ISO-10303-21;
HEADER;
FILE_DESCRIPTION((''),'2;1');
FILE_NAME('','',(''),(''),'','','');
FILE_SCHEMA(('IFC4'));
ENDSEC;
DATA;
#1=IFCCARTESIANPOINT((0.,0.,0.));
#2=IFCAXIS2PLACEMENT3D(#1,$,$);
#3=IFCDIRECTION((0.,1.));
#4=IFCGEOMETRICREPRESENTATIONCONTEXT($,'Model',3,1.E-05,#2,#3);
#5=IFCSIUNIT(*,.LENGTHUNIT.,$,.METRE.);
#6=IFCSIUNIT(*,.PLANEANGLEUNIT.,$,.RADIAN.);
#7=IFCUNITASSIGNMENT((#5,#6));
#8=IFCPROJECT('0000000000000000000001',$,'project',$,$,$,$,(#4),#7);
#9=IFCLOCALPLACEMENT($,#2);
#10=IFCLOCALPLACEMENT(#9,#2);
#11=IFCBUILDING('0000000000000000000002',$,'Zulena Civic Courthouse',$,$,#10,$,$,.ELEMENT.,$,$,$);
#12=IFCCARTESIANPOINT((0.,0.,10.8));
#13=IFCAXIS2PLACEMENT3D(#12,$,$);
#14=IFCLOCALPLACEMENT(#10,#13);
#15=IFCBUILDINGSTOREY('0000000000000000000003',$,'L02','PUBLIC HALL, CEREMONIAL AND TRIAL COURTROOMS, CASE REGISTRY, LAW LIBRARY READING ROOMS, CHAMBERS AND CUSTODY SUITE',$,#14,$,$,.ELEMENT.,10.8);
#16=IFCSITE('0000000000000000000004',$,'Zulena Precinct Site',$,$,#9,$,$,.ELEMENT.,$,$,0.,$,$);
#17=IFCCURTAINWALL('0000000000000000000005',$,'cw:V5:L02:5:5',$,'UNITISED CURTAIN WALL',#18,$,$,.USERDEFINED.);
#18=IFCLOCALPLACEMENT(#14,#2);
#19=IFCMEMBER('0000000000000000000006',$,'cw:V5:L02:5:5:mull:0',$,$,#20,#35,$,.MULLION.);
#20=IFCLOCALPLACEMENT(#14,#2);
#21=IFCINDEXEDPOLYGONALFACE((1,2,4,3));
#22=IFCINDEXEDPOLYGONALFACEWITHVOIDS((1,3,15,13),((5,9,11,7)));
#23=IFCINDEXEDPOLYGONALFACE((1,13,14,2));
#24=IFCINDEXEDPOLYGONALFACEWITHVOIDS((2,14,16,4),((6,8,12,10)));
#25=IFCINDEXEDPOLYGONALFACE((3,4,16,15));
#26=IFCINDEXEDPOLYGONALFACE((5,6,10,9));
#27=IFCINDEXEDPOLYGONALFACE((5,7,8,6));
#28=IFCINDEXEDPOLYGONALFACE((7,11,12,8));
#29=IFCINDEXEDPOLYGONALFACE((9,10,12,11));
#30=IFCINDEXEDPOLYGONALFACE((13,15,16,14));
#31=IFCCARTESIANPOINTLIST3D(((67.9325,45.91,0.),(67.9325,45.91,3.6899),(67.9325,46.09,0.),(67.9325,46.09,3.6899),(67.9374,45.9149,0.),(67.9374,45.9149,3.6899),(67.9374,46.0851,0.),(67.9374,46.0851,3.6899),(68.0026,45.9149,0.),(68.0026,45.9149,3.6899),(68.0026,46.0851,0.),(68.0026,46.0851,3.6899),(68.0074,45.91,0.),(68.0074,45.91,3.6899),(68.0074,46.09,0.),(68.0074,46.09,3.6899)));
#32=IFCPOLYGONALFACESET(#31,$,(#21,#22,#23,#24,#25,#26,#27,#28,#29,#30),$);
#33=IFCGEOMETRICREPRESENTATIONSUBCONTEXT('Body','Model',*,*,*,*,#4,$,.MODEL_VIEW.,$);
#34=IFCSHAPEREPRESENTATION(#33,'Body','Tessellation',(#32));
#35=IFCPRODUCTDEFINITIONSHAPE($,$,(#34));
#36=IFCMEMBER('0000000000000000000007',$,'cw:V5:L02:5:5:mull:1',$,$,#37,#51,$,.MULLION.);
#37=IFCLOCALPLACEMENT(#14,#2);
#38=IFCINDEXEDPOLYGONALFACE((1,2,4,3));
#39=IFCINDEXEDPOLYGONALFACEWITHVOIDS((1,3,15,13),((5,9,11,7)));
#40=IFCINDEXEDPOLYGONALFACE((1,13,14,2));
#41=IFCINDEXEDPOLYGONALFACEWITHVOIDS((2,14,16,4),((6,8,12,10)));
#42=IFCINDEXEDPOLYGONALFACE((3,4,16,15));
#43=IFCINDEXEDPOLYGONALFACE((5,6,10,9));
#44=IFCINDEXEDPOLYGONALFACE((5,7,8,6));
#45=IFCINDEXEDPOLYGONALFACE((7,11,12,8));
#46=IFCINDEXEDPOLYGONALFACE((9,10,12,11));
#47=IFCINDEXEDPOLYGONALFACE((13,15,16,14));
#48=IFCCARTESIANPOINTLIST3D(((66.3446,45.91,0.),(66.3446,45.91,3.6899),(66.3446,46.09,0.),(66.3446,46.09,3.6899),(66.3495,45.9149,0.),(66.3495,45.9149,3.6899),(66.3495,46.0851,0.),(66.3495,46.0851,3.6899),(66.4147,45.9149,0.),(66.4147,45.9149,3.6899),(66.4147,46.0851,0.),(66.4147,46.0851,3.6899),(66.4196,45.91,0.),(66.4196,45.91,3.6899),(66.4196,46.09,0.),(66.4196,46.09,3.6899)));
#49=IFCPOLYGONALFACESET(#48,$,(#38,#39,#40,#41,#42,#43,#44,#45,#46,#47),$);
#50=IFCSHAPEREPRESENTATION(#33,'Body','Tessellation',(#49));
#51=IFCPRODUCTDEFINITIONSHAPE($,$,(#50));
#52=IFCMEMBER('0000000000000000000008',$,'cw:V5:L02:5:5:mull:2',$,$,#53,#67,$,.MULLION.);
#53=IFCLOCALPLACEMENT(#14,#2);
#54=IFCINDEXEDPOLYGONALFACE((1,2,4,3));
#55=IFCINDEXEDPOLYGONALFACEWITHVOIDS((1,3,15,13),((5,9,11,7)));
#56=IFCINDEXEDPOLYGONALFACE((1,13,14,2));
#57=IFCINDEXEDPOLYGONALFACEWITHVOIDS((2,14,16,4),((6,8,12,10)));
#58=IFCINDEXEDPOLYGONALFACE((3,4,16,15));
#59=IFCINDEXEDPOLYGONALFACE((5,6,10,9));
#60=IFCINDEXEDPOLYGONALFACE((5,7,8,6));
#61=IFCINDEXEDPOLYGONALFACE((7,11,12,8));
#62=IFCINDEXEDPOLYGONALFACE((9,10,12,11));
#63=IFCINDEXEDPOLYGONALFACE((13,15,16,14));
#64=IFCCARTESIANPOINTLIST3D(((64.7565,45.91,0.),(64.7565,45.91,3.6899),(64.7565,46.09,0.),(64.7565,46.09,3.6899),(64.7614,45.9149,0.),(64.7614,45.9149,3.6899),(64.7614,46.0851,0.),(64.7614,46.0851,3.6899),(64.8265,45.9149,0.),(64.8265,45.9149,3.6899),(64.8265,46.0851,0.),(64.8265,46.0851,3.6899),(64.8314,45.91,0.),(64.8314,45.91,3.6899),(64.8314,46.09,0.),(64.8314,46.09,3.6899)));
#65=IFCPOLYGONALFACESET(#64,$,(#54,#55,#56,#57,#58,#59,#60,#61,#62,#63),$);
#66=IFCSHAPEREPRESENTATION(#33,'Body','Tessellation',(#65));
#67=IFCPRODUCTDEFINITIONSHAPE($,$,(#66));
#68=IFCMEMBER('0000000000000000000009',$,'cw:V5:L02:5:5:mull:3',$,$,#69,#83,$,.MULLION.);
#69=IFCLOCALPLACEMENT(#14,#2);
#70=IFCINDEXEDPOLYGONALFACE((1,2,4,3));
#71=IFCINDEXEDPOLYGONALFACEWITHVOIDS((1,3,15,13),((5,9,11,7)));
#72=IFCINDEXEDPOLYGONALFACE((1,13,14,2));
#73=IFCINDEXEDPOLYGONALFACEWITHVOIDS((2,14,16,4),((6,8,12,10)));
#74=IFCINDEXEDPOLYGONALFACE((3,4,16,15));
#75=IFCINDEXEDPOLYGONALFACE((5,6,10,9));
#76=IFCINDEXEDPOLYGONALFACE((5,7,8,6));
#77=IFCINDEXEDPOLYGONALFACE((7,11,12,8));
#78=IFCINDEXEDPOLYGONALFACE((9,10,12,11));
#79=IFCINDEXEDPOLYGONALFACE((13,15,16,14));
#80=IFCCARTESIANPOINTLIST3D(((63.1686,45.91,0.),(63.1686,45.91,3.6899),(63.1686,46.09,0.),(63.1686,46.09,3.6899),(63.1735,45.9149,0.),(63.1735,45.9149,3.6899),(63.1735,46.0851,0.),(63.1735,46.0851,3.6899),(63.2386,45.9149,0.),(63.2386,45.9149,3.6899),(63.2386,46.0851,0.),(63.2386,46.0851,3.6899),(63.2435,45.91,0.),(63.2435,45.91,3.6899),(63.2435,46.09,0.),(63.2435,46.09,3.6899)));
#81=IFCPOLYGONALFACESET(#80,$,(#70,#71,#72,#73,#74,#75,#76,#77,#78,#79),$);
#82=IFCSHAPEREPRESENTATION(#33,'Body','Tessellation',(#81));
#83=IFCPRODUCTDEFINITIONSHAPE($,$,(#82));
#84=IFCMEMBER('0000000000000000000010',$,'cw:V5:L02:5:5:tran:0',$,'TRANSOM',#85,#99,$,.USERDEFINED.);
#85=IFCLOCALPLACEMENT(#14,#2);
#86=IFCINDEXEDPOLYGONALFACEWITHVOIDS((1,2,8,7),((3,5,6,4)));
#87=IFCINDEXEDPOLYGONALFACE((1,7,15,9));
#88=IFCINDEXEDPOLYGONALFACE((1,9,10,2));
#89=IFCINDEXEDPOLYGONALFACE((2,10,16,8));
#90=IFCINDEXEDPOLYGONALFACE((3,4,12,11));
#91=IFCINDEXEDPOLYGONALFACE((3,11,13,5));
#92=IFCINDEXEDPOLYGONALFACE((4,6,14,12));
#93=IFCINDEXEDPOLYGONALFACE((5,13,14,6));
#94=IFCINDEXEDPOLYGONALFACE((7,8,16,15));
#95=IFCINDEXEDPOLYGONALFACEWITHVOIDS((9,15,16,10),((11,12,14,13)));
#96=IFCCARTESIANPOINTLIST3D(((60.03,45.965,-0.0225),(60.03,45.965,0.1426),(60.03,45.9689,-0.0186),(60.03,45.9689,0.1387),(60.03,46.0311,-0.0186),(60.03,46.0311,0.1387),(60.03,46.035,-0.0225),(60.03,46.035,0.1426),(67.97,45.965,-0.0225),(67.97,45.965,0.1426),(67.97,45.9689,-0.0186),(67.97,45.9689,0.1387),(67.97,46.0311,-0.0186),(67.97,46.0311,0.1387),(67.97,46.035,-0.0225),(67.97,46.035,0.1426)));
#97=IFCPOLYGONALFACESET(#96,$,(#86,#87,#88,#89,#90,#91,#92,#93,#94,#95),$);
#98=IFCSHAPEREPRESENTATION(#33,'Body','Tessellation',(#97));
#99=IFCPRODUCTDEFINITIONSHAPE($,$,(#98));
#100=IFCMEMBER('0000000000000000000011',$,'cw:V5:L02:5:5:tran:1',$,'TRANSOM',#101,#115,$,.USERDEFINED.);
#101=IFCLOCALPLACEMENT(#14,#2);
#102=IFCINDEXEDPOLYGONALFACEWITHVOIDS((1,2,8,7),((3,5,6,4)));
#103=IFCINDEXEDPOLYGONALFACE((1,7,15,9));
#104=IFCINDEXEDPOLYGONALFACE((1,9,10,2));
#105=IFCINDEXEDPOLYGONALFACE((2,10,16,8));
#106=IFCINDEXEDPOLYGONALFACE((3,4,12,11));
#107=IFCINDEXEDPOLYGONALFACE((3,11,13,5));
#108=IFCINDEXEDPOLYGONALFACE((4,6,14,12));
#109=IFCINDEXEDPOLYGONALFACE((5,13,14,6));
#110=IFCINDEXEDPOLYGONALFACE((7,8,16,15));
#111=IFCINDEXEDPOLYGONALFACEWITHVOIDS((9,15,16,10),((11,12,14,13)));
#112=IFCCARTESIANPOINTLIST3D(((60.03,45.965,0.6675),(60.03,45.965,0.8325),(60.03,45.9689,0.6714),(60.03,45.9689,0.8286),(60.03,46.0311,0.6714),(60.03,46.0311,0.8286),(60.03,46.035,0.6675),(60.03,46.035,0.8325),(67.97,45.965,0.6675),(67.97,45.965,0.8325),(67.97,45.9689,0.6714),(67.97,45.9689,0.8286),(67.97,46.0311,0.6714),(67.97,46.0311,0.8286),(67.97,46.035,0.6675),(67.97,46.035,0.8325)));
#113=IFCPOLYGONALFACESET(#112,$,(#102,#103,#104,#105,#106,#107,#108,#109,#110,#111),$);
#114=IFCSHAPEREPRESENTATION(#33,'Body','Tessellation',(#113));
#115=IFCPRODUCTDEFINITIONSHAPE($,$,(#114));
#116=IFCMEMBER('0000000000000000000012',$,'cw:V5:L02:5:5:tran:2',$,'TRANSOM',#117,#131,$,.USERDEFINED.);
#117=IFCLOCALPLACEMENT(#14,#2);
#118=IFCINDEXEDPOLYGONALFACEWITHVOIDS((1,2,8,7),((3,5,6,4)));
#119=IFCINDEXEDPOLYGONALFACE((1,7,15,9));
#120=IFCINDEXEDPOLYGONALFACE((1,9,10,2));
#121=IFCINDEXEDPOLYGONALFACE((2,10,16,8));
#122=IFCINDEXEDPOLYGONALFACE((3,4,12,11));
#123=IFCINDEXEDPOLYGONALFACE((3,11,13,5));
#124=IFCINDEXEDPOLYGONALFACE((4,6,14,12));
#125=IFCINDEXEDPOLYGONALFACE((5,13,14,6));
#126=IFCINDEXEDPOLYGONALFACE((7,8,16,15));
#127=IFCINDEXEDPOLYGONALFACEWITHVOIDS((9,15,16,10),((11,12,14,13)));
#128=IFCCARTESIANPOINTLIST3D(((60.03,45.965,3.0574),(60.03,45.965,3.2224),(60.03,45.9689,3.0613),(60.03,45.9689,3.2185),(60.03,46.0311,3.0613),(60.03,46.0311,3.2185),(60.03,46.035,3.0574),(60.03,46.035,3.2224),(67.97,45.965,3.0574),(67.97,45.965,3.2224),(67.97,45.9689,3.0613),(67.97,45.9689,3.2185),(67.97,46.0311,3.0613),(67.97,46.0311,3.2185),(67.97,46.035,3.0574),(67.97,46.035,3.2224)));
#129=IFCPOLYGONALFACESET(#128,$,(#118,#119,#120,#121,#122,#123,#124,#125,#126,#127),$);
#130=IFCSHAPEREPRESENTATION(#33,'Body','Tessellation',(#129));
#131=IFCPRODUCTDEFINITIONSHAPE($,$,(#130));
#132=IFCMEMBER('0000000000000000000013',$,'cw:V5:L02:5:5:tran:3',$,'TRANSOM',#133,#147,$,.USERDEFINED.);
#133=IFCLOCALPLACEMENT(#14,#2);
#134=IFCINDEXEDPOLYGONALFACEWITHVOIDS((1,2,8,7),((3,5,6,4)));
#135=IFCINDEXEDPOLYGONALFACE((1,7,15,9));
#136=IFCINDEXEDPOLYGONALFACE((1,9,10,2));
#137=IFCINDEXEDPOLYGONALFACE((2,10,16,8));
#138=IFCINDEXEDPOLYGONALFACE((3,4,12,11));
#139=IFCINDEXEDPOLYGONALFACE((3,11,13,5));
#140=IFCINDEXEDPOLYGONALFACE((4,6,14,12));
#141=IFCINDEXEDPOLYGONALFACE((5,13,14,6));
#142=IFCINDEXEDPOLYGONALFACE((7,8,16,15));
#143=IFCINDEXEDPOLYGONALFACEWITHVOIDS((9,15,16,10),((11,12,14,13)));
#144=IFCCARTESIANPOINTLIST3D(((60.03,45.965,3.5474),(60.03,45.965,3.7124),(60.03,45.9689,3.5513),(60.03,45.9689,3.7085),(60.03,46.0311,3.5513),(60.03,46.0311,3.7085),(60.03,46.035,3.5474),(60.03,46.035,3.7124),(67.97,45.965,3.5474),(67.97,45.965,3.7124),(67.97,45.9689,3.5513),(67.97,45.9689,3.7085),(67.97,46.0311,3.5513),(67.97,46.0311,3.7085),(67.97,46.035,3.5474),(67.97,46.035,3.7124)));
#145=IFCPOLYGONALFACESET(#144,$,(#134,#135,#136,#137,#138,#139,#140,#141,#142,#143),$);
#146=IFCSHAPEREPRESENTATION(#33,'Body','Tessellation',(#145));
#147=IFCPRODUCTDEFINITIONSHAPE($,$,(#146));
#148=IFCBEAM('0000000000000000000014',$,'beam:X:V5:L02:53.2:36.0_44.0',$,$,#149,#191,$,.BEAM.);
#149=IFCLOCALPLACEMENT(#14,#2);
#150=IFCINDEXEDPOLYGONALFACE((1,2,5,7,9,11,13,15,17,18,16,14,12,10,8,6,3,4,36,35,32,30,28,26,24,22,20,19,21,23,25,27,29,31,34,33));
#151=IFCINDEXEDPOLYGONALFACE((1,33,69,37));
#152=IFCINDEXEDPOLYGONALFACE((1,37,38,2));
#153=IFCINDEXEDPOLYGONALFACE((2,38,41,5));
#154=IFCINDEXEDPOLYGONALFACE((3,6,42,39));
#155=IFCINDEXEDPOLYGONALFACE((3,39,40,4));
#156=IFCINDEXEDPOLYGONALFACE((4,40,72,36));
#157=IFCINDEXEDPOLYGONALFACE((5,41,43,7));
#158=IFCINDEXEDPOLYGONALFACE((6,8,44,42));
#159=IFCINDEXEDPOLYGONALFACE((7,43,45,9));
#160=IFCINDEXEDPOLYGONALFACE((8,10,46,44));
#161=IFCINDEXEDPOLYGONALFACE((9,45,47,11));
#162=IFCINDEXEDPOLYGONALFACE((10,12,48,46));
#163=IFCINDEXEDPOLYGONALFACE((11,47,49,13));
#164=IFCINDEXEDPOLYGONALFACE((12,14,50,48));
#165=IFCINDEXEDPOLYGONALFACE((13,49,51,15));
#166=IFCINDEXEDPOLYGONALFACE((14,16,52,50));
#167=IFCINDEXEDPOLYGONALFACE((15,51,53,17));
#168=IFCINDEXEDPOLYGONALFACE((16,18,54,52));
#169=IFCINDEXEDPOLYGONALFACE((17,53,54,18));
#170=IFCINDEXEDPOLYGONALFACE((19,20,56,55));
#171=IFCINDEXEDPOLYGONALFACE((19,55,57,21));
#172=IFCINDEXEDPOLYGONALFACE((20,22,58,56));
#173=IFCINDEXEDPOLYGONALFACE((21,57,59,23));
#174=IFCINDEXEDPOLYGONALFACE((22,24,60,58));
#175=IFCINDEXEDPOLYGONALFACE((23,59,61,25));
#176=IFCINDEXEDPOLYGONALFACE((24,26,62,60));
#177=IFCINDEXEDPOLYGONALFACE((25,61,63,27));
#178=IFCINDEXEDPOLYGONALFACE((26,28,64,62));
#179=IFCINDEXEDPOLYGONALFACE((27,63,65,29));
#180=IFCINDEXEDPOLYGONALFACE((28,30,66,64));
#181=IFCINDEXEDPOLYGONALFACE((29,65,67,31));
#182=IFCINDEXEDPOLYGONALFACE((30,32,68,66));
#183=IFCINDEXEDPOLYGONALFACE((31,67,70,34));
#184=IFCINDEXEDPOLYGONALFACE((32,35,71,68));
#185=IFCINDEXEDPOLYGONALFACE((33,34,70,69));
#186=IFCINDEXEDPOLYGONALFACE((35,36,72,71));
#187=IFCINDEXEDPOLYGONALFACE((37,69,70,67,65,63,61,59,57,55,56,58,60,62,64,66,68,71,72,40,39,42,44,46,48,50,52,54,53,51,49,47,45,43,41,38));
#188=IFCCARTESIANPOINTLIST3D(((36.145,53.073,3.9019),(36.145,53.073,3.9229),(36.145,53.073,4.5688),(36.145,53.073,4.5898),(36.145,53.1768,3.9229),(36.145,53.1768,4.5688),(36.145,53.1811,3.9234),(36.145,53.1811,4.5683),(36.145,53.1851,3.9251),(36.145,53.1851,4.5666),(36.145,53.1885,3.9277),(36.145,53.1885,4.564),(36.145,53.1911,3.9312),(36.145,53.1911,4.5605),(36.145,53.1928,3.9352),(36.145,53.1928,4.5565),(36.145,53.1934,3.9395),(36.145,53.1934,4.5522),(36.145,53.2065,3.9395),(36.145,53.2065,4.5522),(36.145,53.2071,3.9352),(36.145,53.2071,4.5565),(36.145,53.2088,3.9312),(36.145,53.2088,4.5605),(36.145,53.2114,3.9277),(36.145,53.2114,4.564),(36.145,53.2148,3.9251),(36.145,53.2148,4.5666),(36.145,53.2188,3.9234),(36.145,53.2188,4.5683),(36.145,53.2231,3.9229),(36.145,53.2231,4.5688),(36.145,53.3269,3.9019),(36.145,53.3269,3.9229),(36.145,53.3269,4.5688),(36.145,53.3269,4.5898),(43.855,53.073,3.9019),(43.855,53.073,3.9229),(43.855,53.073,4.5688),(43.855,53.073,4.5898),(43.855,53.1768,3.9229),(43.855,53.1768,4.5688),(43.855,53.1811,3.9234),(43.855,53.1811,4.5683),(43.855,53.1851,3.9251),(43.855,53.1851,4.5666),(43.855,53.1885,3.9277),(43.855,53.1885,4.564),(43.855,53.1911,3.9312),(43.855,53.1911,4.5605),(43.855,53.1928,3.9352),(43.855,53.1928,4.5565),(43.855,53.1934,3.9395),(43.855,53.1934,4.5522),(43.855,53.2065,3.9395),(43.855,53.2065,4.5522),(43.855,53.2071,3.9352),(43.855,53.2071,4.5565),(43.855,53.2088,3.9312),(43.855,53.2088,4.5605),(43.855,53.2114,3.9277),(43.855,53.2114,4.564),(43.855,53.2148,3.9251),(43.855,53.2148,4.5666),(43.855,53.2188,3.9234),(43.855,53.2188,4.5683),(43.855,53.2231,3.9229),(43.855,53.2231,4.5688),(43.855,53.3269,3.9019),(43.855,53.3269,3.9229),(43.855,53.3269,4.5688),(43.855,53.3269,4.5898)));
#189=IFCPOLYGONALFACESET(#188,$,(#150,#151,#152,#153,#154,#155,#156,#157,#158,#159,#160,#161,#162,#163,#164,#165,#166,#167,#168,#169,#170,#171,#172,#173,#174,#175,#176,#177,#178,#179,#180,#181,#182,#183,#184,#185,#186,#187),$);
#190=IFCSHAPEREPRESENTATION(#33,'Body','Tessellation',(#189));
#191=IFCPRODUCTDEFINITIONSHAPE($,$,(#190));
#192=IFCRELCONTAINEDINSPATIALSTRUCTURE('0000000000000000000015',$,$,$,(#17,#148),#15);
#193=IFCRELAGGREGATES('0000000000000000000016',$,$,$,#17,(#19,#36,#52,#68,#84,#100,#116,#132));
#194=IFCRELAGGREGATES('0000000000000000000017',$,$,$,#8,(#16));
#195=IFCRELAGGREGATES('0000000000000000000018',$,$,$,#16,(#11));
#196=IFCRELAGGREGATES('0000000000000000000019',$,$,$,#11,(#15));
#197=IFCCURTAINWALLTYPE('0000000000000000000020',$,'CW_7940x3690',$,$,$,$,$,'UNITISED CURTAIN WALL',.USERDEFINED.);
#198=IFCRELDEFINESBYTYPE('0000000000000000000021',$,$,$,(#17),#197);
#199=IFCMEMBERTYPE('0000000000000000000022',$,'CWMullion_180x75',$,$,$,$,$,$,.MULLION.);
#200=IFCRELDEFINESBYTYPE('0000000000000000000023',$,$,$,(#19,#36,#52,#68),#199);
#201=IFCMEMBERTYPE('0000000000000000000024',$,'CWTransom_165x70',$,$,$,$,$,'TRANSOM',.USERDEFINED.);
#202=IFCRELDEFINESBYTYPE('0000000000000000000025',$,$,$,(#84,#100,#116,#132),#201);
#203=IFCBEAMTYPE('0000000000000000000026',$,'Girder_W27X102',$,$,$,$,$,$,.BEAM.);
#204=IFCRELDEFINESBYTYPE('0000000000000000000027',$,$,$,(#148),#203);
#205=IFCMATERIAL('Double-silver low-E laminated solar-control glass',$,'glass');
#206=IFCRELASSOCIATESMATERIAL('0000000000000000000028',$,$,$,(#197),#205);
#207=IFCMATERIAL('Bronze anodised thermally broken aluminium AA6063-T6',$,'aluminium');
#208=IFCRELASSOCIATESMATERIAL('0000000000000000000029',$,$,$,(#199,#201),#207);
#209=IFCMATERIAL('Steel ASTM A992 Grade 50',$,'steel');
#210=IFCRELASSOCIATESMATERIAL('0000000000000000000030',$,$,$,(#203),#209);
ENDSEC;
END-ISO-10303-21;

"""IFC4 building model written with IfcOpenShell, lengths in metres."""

from ifc_helpers import new_model, si_unit, direction, frame, origin, origin_2d, place, context, subcontext, project, spatial, hollow_rectangle, i_section, extrude, material, material_profile, profile_set, type_object, element, aggregate, save


model = new_model("IFC4")

# Units and contexts
model_context = context("Model", 3, precision=1e-05, world=origin(), true_north=direction((0.0, 1.0)))
body_context = subcontext(model_context, "Body", "Model", "MODEL_VIEW")
ifc_project = project(units=[si_unit("LENGTHUNIT", "METRE"), si_unit("PLANEANGLEUNIT", "RADIAN")], contexts=[model_context])

# Site, building, storey
site_placement = place(None, origin())
site = spatial("IfcSite", under=ifc_project, at=site_placement, Name="Zulena Precinct Site", CompositionType="ELEMENT", RefElevation=0.0)
building_placement = place(site_placement, origin())
building = spatial("IfcBuilding", under=site, at=building_placement, Name="Zulena Civic Courthouse", CompositionType="ELEMENT")
storey_placement = place(building_placement, frame((0.0, 0.0, 10.8)))
storey = spatial("IfcBuildingStorey", under=building, at=storey_placement, Name="L02", Description="PUBLIC HALL, CEREMONIAL AND TRIAL COURTROOMS, CASE REGISTRY, LAW LIBRARY READING ROOMS, CHAMBERS AND CUSTODY SUITE", CompositionType="ELEMENT", Elevation=10.8)

# Shared definitions
ifc_material_1 = material(Name="Steel ASTM A992 Grade 50", Category="steel")

# Curtain wall, members
ifc_material_2 = material(Name="Double-silver low-E laminated solar-control glass", Category="glass")
curtain_wall_type = type_object("IfcCurtainWallType", Name="CW_7940x3690", ElementType="UNITISED CURTAIN WALL", PredefinedType="USERDEFINED", material=ifc_material_2)
curtain_wall_placement = place(storey_placement, origin())
curtain_wall = element("IfcCurtainWall", 1, at=curtain_wall_placement, inside=storey, type_object=curtain_wall_type, Name="cw:V5:L02:5:5", ObjectType="UNITISED CURTAIN WALL", PredefinedType="USERDEFINED")
ifc_material_3 = material(Name="Bronze anodised thermally broken aluminium AA6063-T6", Category="aluminium")
ifc_material_profile_1 = material_profile(ifc_material_3, hollow_rectangle(XDim=0.075, YDim=0.1799, WallThickness=0.0049, at=origin_2d()), Name="CWM180X75X5")
ifc_profile_set_1 = profile_set([ifc_material_profile_1], Name="Bronze anodised thermally broken aluminium AA6063-T6")
member_type_1 = type_object("IfcMemberType", Name="CWMullion_180x75", PredefinedType="MULLION", material=ifc_profile_set_1)
member_1_placement = place(storey_placement, frame((67.97, 46.0, 0.0), z_axis=(0.0, 0.0, 1.0), x_axis=(1.0, 0.0, 0.0)))
member_1 = element("IfcMember", 2, at=member_1_placement, type_object=member_type_1, Name="cw:V5:L02:5:5:mull:0", PredefinedType="MULLION", context=body_context, shape_type="SweptSolid", body=[
    extrude(hollow_rectangle(XDim=0.075, YDim=0.1799, WallThickness=0.0049, at=origin_2d()), origin(), (0.0, 0.0, 1.0), 3.6899),
])
member_2_placement = place(storey_placement, frame((66.3821, 46.0, 0.0), z_axis=(0.0, 0.0, 1.0), x_axis=(1.0, 0.0, 0.0)))
member_2 = element("IfcMember", 3, at=member_2_placement, type_object=member_type_1, Name="cw:V5:L02:5:5:mull:1", PredefinedType="MULLION", context=body_context, shape_type="SweptSolid", body=[
    extrude(hollow_rectangle(XDim=0.075, YDim=0.1799, WallThickness=0.0049, at=origin_2d()), origin(), (0.0, 0.0, 1.0), 3.6899),
])
member_3_placement = place(storey_placement, frame((64.7939, 46.0, 0.0), z_axis=(0.0, 0.0, 1.0), x_axis=(1.0, 0.0, 0.0)))
member_3 = element("IfcMember", 4, at=member_3_placement, type_object=member_type_1, Name="cw:V5:L02:5:5:mull:2", PredefinedType="MULLION", context=body_context, shape_type="SweptSolid", body=[
    extrude(hollow_rectangle(XDim=0.075, YDim=0.1799, WallThickness=0.0049, at=origin_2d()), origin(), (0.0, 0.0, 1.0), 3.6899),
])
member_4_placement = place(storey_placement, frame((63.2061, 46.0, 0.0), z_axis=(0.0, 0.0, 1.0), x_axis=(1.0, 0.0, 0.0)))
member_4 = element("IfcMember", 5, at=member_4_placement, type_object=member_type_1, Name="cw:V5:L02:5:5:mull:3", PredefinedType="MULLION", context=body_context, shape_type="SweptSolid", body=[
    extrude(hollow_rectangle(XDim=0.075, YDim=0.1799, WallThickness=0.0049, at=origin_2d()), origin(), (0.0, 0.0, 1.0), 3.6899),
])
ifc_material_profile_2 = material_profile(ifc_material_3, hollow_rectangle(XDim=0.0701, YDim=0.165, WallThickness=0.0039, at=origin_2d()), Name="CWT165X70X4")
ifc_profile_set_2 = profile_set([ifc_material_profile_2], Name="Bronze anodised thermally broken aluminium AA6063-T6")
member_type_2 = type_object("IfcMemberType", Name="CWTransom_165x70", ElementType="TRANSOM", PredefinedType="USERDEFINED", material=ifc_profile_set_2)
member_5_placement = place(storey_placement, frame((67.97, 46.0, 0.0601), z_axis=(-1.0, 0.0, 0.0), x_axis=(0.0, -1.0, 0.0)))
member_5 = element("IfcMember", 6, at=member_5_placement, type_object=member_type_2, Name="cw:V5:L02:5:5:tran:0", ObjectType="TRANSOM", PredefinedType="USERDEFINED", context=body_context, shape_type="SweptSolid", body=[
    extrude(hollow_rectangle(XDim=0.0701, YDim=0.165, WallThickness=0.0039, at=origin_2d()), origin(), (0.0, 0.0, 1.0), 7.9399),
])
member_6_placement = place(storey_placement, frame((67.97, 46.0, 0.75), z_axis=(-1.0, 0.0, 0.0), x_axis=(0.0, -1.0, 0.0)))
member_6 = element("IfcMember", 7, at=member_6_placement, type_object=member_type_2, Name="cw:V5:L02:5:5:tran:1", ObjectType="TRANSOM", PredefinedType="USERDEFINED", context=body_context, shape_type="SweptSolid", body=[
    extrude(hollow_rectangle(XDim=0.0701, YDim=0.165, WallThickness=0.0039, at=origin_2d()), origin(), (0.0, 0.0, 1.0), 7.9399),
])
member_7_placement = place(storey_placement, frame((67.97, 46.0, 3.1399), z_axis=(-1.0, 0.0, 0.0), x_axis=(0.0, -1.0, 0.0)))
member_7 = element("IfcMember", 8, at=member_7_placement, type_object=member_type_2, Name="cw:V5:L02:5:5:tran:2", ObjectType="TRANSOM", PredefinedType="USERDEFINED", context=body_context, shape_type="SweptSolid", body=[
    extrude(hollow_rectangle(XDim=0.0701, YDim=0.165, WallThickness=0.0039, at=origin_2d()), origin(), (0.0, 0.0, 1.0), 7.9399),
])
member_8_placement = place(storey_placement, frame((67.97, 46.0, 3.6299), z_axis=(-1.0, 0.0, 0.0), x_axis=(0.0, -1.0, 0.0)))
member_8 = element("IfcMember", 9, at=member_8_placement, type_object=member_type_2, Name="cw:V5:L02:5:5:tran:3", ObjectType="TRANSOM", PredefinedType="USERDEFINED", context=body_context, shape_type="SweptSolid", body=[
    extrude(hollow_rectangle(XDim=0.0701, YDim=0.165, WallThickness=0.0039, at=origin_2d()), origin(), (0.0, 0.0, 1.0), 7.9399),
])

# Beam
ifc_material_profile_3 = material_profile(ifc_material_1, i_section(OverallWidth=0.2539, OverallDepth=0.688, WebThickness=0.0132, FlangeThickness=0.021, FilletRadius=0.0166, at=origin_2d()), Name="W27X102")
ifc_profile_set_3 = profile_set([ifc_material_profile_3], Name="Steel ASTM A992 Grade 50")
beam_type_1 = type_object("IfcBeamType", Name="Girder_W27X102", PredefinedType="BEAM", material=ifc_profile_set_3)
for number, where, z_axis, x_axis, name in (
    (10, (36.145, 53.2, 4.2458), (1.0, 0.0, 0.0), (0.0, 1.0, 0.0), "beam:X:V5:L02:53.2:36.0_44.0"),
):
    element("IfcBeam", number, at=place(storey_placement, frame(where, z_axis=z_axis, x_axis=x_axis)), inside=storey, type_object=beam_type_1, Name=name, PredefinedType="BEAM", context=body_context, shape_type="SweptSolid", body=[
        extrude(i_section(OverallWidth=0.2539, OverallDepth=0.688, WebThickness=0.0132, FlangeThickness=0.021, FilletRadius=0.0166, at=origin_2d()), origin(), (0.0, 0.0, 1.0), 7.71),
    ])

aggregate(curtain_wall, [member_1, member_2, member_3, member_4, member_5, member_6, member_7, member_8])

save(model, "model.ifc")
